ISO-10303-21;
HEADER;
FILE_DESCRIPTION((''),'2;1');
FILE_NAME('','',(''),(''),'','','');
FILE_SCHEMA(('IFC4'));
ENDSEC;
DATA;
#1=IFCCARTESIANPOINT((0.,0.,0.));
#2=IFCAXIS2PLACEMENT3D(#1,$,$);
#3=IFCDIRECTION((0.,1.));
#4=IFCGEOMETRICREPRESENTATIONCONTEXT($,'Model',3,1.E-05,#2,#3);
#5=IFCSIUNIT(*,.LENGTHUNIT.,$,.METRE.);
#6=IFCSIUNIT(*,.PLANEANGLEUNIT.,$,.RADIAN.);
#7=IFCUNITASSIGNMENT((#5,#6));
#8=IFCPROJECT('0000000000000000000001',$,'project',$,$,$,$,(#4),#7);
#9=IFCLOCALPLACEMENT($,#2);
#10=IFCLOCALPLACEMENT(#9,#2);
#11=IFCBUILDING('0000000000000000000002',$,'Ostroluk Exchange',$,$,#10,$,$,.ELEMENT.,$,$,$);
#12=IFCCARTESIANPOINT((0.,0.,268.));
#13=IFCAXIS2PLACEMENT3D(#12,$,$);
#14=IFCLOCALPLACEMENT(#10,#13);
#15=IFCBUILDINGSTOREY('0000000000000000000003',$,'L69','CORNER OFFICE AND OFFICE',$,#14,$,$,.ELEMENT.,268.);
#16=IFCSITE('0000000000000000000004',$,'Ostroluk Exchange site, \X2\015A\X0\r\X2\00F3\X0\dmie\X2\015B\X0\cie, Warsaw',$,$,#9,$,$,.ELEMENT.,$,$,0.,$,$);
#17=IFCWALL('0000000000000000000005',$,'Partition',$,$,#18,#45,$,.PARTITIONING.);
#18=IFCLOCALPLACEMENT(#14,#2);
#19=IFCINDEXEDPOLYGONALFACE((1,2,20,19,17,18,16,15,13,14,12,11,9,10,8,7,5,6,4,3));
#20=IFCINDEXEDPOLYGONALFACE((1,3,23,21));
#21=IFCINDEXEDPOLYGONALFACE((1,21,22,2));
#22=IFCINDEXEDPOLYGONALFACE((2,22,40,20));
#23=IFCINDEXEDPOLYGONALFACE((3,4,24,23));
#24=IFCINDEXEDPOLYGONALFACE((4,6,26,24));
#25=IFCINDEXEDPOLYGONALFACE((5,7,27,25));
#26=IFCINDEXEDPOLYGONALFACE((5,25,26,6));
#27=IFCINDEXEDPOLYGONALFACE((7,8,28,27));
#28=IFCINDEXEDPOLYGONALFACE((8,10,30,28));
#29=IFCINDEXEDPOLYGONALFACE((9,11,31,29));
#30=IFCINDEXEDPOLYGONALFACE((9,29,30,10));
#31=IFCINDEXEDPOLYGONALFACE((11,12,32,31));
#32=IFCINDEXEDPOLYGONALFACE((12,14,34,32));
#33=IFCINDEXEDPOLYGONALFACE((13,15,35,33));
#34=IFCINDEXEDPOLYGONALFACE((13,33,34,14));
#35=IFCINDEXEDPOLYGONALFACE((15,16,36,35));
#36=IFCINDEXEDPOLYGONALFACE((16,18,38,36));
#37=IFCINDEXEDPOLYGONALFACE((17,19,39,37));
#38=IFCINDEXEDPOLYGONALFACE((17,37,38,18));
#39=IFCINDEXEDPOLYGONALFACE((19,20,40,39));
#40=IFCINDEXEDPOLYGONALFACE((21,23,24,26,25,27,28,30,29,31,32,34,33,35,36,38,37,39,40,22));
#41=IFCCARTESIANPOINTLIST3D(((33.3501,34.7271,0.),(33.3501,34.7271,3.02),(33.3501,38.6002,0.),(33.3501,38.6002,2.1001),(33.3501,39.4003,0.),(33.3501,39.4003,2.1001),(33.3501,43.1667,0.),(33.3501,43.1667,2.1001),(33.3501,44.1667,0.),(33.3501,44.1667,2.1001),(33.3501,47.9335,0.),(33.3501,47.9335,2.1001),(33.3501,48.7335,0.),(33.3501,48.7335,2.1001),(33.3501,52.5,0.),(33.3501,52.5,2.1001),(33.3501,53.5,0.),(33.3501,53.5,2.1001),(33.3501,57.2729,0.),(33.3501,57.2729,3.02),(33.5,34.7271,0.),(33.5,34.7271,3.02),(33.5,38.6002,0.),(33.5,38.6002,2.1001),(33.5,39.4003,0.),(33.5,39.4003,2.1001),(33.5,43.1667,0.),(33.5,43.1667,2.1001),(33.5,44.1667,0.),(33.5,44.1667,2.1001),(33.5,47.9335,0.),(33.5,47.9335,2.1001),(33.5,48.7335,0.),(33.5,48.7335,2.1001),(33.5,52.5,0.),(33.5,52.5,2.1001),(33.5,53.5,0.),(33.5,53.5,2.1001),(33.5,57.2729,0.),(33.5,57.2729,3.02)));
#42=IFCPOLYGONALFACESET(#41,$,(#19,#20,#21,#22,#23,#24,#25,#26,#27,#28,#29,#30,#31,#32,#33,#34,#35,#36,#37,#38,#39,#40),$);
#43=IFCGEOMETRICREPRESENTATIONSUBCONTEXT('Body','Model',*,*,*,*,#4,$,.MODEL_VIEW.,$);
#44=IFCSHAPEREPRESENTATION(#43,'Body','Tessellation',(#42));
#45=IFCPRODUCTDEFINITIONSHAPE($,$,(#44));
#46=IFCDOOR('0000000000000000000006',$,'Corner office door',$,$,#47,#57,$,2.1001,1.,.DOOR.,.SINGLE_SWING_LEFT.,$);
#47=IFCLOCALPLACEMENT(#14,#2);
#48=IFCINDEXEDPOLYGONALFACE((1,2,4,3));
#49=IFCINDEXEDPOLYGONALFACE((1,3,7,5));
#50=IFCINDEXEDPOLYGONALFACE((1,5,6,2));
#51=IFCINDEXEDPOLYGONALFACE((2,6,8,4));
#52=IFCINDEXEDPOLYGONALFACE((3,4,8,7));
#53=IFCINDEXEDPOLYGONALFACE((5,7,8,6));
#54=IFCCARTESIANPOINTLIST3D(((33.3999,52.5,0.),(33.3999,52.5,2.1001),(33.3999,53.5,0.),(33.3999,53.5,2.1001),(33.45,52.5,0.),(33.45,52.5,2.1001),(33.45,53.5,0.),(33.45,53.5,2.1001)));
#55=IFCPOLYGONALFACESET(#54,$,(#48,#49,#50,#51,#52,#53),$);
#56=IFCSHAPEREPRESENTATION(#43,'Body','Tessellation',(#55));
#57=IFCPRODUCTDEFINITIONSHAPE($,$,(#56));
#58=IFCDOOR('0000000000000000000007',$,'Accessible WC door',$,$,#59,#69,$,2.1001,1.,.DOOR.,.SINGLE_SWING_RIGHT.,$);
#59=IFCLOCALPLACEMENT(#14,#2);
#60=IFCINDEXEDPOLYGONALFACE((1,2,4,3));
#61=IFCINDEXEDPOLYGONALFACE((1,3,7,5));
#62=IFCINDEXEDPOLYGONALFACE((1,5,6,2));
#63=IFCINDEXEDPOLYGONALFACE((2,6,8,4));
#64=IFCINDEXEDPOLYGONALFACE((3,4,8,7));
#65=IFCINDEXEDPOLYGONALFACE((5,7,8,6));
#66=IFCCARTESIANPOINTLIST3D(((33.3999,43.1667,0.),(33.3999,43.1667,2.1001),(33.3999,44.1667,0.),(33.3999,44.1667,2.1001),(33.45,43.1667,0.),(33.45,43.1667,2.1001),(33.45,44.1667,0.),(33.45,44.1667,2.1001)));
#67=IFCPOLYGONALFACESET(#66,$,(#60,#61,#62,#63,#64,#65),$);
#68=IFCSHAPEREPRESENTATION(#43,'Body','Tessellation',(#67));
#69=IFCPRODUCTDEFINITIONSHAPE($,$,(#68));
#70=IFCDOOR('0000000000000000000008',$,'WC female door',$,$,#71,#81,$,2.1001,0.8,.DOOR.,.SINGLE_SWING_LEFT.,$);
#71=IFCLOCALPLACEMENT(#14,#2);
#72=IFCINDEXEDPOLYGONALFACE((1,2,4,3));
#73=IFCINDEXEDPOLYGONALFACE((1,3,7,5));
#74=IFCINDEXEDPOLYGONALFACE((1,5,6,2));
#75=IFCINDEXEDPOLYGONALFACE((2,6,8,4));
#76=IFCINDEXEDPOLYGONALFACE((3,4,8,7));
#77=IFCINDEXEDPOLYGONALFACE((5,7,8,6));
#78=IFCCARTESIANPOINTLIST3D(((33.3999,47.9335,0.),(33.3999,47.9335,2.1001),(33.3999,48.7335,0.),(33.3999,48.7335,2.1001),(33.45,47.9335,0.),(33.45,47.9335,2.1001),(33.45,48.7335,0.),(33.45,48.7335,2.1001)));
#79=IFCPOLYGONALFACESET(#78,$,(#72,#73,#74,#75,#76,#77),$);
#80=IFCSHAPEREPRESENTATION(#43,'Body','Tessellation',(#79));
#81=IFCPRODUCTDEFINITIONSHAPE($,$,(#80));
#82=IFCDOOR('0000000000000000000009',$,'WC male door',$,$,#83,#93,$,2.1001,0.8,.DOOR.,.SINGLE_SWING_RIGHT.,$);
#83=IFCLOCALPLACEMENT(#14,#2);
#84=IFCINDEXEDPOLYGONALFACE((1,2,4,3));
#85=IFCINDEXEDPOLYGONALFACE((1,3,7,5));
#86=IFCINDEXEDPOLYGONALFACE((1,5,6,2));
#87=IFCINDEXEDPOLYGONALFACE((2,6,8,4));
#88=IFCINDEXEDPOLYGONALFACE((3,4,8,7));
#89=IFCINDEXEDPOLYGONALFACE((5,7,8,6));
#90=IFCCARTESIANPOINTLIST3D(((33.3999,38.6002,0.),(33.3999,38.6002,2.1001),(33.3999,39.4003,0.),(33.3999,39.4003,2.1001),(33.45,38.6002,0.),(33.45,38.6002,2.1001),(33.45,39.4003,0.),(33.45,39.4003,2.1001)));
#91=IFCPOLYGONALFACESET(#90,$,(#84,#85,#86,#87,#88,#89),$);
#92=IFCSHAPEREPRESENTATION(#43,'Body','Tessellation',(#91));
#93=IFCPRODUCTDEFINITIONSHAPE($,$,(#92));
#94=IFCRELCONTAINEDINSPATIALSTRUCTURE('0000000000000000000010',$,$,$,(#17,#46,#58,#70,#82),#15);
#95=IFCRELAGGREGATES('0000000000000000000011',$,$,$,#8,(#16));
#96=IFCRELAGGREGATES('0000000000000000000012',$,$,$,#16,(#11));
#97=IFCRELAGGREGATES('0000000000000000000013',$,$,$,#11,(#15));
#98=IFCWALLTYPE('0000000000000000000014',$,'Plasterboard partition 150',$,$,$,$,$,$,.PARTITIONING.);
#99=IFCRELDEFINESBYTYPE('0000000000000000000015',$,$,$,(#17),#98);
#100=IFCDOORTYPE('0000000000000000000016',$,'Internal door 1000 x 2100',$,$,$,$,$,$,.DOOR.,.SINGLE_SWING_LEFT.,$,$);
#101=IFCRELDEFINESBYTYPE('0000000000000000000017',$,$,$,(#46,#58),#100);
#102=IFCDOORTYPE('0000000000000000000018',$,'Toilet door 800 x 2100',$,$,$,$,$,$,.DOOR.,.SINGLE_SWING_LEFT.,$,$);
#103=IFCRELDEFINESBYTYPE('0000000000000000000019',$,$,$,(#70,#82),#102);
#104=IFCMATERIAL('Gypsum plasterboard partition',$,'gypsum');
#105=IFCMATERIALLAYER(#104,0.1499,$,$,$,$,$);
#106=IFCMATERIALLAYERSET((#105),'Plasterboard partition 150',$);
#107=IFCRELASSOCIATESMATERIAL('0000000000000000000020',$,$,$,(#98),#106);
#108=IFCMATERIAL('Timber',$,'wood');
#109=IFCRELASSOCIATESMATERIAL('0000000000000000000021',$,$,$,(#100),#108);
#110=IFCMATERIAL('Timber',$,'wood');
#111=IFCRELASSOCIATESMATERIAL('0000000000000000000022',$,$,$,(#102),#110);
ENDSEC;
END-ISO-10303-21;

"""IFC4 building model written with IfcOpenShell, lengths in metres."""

from ifc_helpers import new_model, si_unit, direction, frame, frame_2d, origin, place, context, subcontext, project, spatial, rectangle, extrude, material, layer, layer_set, type_object, element, fill, save


model = new_model("IFC4")

# Units and contexts
model_context = context("Model", 3, precision=1e-05, world=origin(), true_north=direction((0.0, 1.0)))
body_context = subcontext(model_context, "Body", "Model", "MODEL_VIEW")
ifc_project = project(units=[si_unit("LENGTHUNIT", "METRE"), si_unit("PLANEANGLEUNIT", "RADIAN")], contexts=[model_context])

# Site, building, storey
site_placement = place(None, origin())
site = spatial("IfcSite", under=ifc_project, at=site_placement, Name="Ostroluk Exchange site, Śródmieście, Warsaw", CompositionType="ELEMENT", RefElevation=0.0)
building_placement = place(site_placement, origin())
building = spatial("IfcBuilding", under=site, at=building_placement, Name="Ostroluk Exchange", CompositionType="ELEMENT")
storey_placement = place(building_placement, frame((0.0, 0.0, 268.0)))
storey = spatial("IfcBuildingStorey", under=building, at=storey_placement, Name="L69", Description="CORNER OFFICE AND OFFICE", CompositionType="ELEMENT", Elevation=268.0)

# Shared definitions
ifc_material_1 = material(Name="Gypsum plasterboard partition", Category="gypsum")
ifc_layer_1 = layer(ifc_material_1, 0.1499)
ifc_layer_set_1 = layer_set([ifc_layer_1], Name="Plasterboard partition 150")
wall_type = type_object("IfcWallType", Name="Plasterboard partition 150", PredefinedType="PARTITIONING", material=ifc_layer_set_1)

# Wall, openings, doors
wall_1_placement = place(storey_placement, frame((33.425, 57.2729, 0.0), z_axis=(0.0, 0.0, 1.0), x_axis=(0.0, -1.0, 0.0)))
wall_1 = element("IfcWall", 1, at=wall_1_placement, inside=storey, type_object=wall_type, Name="Partition", PredefinedType="PARTITIONING", context=body_context, shape_type="SweptSolid", body=[
    extrude(rectangle(XDim=22.5459, YDim=0.1499, at=frame_2d((11.2729, 0.0))), origin(), (0.0, 0.0, 1.0), 3.02),
])
opening_1_placement = place(wall_1_placement, frame((3.7729, 0.0, 0.0)))
opening_1 = element("IfcOpeningElement", 2, at=opening_1_placement, cuts=wall_1, PredefinedType="OPENING", context=body_context, shape_type="SweptSolid", body=[
    extrude(rectangle(XDim=1.0, YDim=2.1001, at=frame_2d((0.5, 1.05))), frame((0.0, 0.085, 0.0), z_axis=(0.0, -1.0, 0.0), x_axis=(1.0, 0.0, 0.0)), (0.0, 0.0, 1.0), 0.1699),
])
opening_2_placement = place(wall_1_placement, frame((8.5396, 0.0, 0.0)))
opening_2 = element("IfcOpeningElement", 3, at=opening_2_placement, cuts=wall_1, PredefinedType="OPENING", context=body_context, shape_type="SweptSolid", body=[
    extrude(rectangle(XDim=0.8, YDim=2.1001, at=frame_2d((0.3999, 1.05))), frame((0.0, 0.085, 0.0), z_axis=(0.0, -1.0, 0.0), x_axis=(1.0, 0.0, 0.0)), (0.0, 0.0, 1.0), 0.1699),
])
opening_3_placement = place(wall_1_placement, frame((13.1062, 0.0, 0.0)))
opening_3 = element("IfcOpeningElement", 4, at=opening_3_placement, cuts=wall_1, PredefinedType="OPENING", context=body_context, shape_type="SweptSolid", body=[
    extrude(rectangle(XDim=1.0, YDim=2.1001, at=frame_2d((0.5, 1.05))), frame((0.0, 0.085, 0.0), z_axis=(0.0, -1.0, 0.0), x_axis=(1.0, 0.0, 0.0)), (0.0, 0.0, 1.0), 0.1699),
])
opening_4_placement = place(wall_1_placement, frame((17.8728, 0.0, 0.0)))
opening_4 = element("IfcOpeningElement", 5, at=opening_4_placement, cuts=wall_1, PredefinedType="OPENING", context=body_context, shape_type="SweptSolid", body=[
    extrude(rectangle(XDim=0.8, YDim=2.1001, at=frame_2d((0.3999, 1.05))), frame((0.0, 0.085, 0.0), z_axis=(0.0, -1.0, 0.0), x_axis=(1.0, 0.0, 0.0)), (0.0, 0.0, 1.0), 0.1699),
])
ifc_material_2 = material(Name="Timber", Category="wood")
door_type_1 = type_object("IfcDoorType", Name="Internal door 1000 x 2100", OperationType="SINGLE_SWING_LEFT", PredefinedType="DOOR", material=ifc_material_2)
door_1_placement = place(opening_1_placement, origin())
door_1 = element("IfcDoor", 6, at=door_1_placement, inside=storey, type_object=door_type_1, Name="Corner office door", OperationType="SINGLE_SWING_LEFT", OverallHeight=2.1001, OverallWidth=1.0, PredefinedType="DOOR", context=body_context, shape_type="SweptSolid", body=[
    extrude(rectangle(XDim=1.0, YDim=2.1001, at=frame_2d((0.5, 1.05))), frame((0.0, 0.0249, 0.0), z_axis=(0.0, -1.0, 0.0), x_axis=(1.0, 0.0, 0.0)), (0.0, 0.0, 1.0), 0.05),
])
fill(opening_1, door_1)
door_2_placement = place(opening_3_placement, origin())
door_2 = element("IfcDoor", 7, at=door_2_placement, inside=storey, type_object=door_type_1, Name="Accessible WC door", OperationType="SINGLE_SWING_RIGHT", OverallHeight=2.1001, OverallWidth=1.0, PredefinedType="DOOR", context=body_context, shape_type="SweptSolid", body=[
    extrude(rectangle(XDim=1.0, YDim=2.1001, at=frame_2d((0.5, 1.05))), frame((0.0, 0.0249, 0.0), z_axis=(0.0, -1.0, 0.0), x_axis=(1.0, 0.0, 0.0)), (0.0, 0.0, 1.0), 0.05),
])
fill(opening_3, door_2)
ifc_material_3 = material(Name="Timber", Category="wood")
door_type_2 = type_object("IfcDoorType", Name="Toilet door 800 x 2100", OperationType="SINGLE_SWING_LEFT", PredefinedType="DOOR", material=ifc_material_3)
door_3_placement = place(opening_2_placement, origin())
door_3 = element("IfcDoor", 8, at=door_3_placement, inside=storey, type_object=door_type_2, Name="WC female door", OperationType="SINGLE_SWING_LEFT", OverallHeight=2.1001, OverallWidth=0.8, PredefinedType="DOOR", context=body_context, shape_type="SweptSolid", body=[
    extrude(rectangle(XDim=0.8, YDim=2.1001, at=frame_2d((0.3999, 1.05))), frame((0.0, 0.0249, 0.0), z_axis=(0.0, -1.0, 0.0), x_axis=(1.0, 0.0, 0.0)), (0.0, 0.0, 1.0), 0.05),
])
fill(opening_2, door_3)
door_4_placement = place(opening_4_placement, origin())
door_4 = element("IfcDoor", 9, at=door_4_placement, inside=storey, type_object=door_type_2, Name="WC male door", OperationType="SINGLE_SWING_RIGHT", OverallHeight=2.1001, OverallWidth=0.8, PredefinedType="DOOR", context=body_context, shape_type="SweptSolid", body=[
    extrude(rectangle(XDim=0.8, YDim=2.1001, at=frame_2d((0.3999, 1.05))), frame((0.0, 0.0249, 0.0), z_axis=(0.0, -1.0, 0.0), x_axis=(1.0, 0.0, 0.0)), (0.0, 0.0, 1.0), 0.05),
])
fill(opening_4, door_4)

save(model, "model.ifc")
